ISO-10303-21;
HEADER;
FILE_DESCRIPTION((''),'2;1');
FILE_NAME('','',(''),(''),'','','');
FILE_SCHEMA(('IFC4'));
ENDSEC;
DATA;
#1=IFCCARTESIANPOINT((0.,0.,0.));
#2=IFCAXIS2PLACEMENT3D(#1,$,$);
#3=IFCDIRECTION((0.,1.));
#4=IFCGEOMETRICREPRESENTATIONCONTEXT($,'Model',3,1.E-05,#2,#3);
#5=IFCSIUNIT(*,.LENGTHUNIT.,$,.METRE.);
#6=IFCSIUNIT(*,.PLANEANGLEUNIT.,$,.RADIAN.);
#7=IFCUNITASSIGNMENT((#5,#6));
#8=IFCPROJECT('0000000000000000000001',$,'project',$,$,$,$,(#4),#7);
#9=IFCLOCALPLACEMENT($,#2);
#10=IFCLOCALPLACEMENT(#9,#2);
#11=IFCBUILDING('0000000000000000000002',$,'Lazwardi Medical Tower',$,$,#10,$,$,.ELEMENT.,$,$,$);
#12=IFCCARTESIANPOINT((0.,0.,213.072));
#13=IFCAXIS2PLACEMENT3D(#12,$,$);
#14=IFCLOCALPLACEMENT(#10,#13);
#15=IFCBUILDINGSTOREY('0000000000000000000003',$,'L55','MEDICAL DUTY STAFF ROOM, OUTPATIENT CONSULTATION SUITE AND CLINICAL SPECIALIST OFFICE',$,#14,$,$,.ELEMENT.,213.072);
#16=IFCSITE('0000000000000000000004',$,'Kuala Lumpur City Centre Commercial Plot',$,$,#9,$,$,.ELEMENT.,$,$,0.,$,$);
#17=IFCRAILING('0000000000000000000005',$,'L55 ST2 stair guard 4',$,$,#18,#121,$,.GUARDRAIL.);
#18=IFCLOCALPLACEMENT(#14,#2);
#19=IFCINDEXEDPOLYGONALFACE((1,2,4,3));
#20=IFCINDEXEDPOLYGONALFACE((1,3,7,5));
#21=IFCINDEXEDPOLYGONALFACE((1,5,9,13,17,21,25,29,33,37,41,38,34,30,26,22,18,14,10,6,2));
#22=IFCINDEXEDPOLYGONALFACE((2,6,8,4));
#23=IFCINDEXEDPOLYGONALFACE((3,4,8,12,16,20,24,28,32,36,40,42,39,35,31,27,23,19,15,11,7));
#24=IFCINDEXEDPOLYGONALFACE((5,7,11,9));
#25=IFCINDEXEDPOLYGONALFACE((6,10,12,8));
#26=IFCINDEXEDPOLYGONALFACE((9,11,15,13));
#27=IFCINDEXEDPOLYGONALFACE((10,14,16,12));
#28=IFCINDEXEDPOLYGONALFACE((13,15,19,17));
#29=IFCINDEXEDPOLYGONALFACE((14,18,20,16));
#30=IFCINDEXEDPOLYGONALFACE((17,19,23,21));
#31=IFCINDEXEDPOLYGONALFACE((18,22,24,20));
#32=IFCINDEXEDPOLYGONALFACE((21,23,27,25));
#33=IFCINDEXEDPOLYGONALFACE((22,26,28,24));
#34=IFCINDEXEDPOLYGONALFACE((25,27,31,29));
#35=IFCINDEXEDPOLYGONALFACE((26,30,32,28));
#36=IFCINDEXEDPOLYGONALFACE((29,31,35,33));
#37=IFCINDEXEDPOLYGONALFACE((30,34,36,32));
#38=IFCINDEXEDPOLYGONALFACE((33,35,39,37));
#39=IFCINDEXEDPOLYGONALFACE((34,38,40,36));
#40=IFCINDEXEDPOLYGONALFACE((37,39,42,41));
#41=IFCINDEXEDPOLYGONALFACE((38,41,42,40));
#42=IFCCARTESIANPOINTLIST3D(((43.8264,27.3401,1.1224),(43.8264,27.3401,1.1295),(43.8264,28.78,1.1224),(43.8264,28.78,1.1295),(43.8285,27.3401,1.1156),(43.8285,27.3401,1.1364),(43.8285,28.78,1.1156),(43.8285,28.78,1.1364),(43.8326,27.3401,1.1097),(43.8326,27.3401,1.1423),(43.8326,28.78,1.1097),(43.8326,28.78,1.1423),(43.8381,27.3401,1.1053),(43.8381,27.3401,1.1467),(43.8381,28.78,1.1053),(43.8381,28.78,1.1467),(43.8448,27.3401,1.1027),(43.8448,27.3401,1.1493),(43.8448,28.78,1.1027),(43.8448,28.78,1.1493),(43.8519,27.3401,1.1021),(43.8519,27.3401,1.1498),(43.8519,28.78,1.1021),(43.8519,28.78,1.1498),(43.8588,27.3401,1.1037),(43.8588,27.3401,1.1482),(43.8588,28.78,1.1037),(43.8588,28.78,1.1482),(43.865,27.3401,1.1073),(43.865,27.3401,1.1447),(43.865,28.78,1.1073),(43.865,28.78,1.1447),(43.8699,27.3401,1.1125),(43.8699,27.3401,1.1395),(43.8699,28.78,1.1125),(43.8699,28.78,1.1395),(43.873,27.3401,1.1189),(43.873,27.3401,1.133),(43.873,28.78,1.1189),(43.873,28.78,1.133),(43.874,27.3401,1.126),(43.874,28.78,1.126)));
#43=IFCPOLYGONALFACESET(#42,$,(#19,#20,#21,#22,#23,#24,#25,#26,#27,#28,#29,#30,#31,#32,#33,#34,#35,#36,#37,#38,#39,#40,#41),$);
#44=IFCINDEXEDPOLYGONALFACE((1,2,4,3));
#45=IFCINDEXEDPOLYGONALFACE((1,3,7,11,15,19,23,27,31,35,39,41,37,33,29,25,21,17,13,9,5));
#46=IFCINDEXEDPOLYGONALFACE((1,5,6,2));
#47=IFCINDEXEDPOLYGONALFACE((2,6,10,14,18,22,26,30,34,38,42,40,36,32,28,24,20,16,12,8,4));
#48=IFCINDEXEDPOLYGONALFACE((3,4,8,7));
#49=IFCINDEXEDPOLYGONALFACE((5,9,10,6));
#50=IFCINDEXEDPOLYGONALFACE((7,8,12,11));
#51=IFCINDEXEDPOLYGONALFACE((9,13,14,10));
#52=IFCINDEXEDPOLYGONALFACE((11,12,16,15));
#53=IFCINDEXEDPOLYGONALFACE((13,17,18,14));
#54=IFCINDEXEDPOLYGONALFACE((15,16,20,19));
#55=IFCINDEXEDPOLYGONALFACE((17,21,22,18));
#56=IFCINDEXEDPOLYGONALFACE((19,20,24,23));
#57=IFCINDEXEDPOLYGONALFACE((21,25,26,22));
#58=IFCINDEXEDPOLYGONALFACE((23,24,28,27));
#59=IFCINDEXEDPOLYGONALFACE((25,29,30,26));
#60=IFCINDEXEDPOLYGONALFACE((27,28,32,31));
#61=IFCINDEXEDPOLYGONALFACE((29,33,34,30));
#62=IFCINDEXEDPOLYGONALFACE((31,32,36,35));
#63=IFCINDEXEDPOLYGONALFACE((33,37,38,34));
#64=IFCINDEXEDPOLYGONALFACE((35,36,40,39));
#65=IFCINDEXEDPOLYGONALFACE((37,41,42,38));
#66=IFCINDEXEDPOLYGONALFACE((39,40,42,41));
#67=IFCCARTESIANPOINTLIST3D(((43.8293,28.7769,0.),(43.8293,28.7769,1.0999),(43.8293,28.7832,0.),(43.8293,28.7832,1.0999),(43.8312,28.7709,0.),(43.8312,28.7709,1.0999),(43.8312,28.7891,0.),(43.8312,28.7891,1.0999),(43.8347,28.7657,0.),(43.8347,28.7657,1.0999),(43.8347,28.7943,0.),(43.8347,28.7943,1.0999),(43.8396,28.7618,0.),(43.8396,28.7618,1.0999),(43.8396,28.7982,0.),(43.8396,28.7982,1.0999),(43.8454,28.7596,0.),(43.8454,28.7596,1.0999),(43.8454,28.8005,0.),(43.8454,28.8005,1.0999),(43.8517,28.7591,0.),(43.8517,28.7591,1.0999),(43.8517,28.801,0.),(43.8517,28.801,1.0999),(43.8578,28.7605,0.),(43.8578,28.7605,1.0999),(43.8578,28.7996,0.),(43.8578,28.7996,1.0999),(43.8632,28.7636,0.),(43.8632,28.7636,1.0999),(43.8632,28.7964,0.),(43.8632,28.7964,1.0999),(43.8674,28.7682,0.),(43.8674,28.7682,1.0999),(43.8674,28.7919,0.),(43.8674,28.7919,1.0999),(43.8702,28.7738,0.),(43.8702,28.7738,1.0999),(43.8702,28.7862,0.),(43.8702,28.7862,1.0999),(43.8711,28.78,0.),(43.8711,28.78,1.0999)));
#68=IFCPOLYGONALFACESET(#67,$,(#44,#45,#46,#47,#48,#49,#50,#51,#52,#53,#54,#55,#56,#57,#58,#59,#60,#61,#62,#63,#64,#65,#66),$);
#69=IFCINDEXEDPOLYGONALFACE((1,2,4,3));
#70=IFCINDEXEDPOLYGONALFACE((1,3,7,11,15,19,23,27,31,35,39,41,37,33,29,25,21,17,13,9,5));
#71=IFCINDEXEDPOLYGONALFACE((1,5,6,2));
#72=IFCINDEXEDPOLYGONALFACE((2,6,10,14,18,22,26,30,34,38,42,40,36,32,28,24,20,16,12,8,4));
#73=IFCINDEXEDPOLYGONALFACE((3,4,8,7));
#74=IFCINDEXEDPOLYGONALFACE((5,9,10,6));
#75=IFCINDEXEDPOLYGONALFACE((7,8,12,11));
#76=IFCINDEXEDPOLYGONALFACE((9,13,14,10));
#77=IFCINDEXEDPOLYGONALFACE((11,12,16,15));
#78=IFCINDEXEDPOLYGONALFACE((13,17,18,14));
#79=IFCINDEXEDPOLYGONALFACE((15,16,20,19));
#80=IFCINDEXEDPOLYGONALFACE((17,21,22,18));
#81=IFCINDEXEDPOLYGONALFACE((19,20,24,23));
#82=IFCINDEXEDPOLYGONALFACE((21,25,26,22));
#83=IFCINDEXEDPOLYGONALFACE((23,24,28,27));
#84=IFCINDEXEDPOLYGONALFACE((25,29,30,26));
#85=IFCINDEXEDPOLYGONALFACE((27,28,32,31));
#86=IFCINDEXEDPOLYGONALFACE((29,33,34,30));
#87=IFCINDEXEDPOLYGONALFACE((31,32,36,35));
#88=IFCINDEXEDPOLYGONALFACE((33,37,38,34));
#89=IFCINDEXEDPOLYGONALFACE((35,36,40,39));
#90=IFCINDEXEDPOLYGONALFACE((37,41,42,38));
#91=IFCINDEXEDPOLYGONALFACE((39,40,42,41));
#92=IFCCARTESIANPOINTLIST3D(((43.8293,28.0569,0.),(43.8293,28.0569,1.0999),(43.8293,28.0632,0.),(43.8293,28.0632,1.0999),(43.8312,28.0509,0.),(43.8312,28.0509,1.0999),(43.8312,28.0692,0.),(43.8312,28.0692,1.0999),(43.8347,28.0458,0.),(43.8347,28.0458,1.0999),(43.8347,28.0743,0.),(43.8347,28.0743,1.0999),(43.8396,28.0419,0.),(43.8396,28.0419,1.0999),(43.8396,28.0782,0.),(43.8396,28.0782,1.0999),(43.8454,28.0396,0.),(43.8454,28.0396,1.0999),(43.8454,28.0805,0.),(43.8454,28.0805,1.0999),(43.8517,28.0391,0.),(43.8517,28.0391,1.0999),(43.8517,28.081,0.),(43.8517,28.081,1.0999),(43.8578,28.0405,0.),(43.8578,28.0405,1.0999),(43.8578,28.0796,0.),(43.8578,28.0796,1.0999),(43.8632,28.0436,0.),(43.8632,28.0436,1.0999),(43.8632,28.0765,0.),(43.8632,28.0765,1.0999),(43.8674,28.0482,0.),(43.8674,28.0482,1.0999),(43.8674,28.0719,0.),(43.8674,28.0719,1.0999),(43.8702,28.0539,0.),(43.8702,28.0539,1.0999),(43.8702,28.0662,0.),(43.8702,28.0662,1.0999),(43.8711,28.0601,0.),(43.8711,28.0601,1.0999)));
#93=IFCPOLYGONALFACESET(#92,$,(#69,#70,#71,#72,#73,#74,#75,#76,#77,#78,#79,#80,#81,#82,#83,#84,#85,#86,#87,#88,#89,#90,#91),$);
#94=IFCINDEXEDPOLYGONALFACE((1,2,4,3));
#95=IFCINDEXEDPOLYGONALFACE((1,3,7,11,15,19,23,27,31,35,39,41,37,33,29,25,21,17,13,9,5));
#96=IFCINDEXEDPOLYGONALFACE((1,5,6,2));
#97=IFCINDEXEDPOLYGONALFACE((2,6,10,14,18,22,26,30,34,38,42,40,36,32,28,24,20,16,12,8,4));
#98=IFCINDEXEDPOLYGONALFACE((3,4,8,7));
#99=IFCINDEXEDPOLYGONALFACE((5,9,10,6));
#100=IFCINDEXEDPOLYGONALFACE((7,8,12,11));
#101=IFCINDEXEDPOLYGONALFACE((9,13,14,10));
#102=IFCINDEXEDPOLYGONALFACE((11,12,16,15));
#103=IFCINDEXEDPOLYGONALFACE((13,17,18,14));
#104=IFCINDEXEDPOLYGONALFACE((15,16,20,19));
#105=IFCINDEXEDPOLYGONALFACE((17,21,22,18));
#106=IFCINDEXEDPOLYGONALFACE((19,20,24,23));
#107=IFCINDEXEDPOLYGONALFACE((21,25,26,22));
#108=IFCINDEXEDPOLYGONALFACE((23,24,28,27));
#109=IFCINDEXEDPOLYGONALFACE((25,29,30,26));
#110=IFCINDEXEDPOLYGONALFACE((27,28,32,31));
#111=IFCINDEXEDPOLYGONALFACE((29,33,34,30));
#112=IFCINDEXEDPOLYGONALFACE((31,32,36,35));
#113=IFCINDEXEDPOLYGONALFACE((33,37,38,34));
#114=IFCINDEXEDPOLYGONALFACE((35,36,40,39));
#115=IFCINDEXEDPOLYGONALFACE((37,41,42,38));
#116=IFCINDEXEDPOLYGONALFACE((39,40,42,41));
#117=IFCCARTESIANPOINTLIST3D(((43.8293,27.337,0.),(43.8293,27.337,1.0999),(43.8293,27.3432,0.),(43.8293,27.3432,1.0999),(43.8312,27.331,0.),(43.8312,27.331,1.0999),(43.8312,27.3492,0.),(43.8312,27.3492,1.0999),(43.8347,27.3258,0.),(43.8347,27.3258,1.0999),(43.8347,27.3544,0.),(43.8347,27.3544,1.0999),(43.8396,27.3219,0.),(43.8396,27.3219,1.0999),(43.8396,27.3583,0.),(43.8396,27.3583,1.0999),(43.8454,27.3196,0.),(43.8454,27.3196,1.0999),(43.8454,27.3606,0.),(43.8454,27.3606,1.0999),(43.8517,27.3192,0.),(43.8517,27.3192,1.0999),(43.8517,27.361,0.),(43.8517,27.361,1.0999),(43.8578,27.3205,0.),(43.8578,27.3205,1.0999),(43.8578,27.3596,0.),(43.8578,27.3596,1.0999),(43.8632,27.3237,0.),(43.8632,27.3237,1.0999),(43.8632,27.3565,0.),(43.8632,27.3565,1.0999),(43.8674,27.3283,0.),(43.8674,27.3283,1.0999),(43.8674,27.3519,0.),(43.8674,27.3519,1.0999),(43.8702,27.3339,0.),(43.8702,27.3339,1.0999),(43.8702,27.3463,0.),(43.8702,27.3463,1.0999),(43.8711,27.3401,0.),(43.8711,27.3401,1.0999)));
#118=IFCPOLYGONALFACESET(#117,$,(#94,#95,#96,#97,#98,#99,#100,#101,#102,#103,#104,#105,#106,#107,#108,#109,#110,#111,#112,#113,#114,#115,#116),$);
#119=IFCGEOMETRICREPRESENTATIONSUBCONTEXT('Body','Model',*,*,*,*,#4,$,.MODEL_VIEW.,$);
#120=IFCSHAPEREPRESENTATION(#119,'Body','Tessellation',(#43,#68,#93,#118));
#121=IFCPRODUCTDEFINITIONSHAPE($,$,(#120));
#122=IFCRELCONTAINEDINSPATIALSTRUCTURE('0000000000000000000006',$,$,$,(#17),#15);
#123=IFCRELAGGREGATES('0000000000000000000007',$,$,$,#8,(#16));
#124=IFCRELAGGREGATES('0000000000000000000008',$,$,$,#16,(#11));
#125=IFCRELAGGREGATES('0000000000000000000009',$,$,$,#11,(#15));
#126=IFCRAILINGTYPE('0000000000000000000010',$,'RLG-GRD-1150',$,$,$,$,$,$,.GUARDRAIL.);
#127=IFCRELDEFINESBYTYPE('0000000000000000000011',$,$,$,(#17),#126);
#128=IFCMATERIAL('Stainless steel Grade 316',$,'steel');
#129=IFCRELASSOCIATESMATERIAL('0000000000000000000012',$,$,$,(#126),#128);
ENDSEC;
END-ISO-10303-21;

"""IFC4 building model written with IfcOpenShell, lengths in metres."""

from ifc_helpers import new_model, si_unit, direction, frame, origin, origin_2d, place, context, subcontext, project, spatial, circle, extrude, material, type_object, element, save


model = new_model("IFC4")

# Units and contexts
model_context = context("Model", 3, precision=1e-05, world=origin(), true_north=direction((0.0, 1.0)))
body_context = subcontext(model_context, "Body", "Model", "MODEL_VIEW")
ifc_project = project(units=[si_unit("LENGTHUNIT", "METRE"), si_unit("PLANEANGLEUNIT", "RADIAN")], contexts=[model_context])

# Site, building, storey
site_placement = place(None, origin())
site = spatial("IfcSite", under=ifc_project, at=site_placement, Name="Kuala Lumpur City Centre Commercial Plot", CompositionType="ELEMENT", RefElevation=0.0)
building_placement = place(site_placement, origin())
building = spatial("IfcBuilding", under=site, at=building_placement, Name="Lazwardi Medical Tower", CompositionType="ELEMENT")
storey_placement = place(building_placement, frame((0.0, 0.0, 213.072)))
storey = spatial("IfcBuildingStorey", under=building, at=storey_placement, Name="L55", Description="MEDICAL DUTY STAFF ROOM, OUTPATIENT CONSULTATION SUITE AND CLINICAL SPECIALIST OFFICE", CompositionType="ELEMENT", Elevation=213.072)

# Railing
ifc_material_1 = material(Name="Stainless steel Grade 316", Category="steel")
railing_type_1 = type_object("IfcRailingType", Name="RLG-GRD-1150", PredefinedType="GUARDRAIL", material=ifc_material_1)
railing_1_placement = place(storey_placement, frame((43.8501, 28.78, 0.0)))
element("IfcRailing", 1, at=railing_1_placement, inside=storey, type_object=railing_type_1, Name="L55 ST2 stair guard 4", PredefinedType="GUARDRAIL", context=body_context, shape_type="SweptSolid", body=[
    extrude(circle(Radius=0.0239, at=origin_2d()), frame((0.0, 0.0, 1.126), z_axis=(0.0, -1.0, 0.0), x_axis=(1.0, 0.0, 0.0)), (0.0, 0.0, 1.0), 1.4399),
    extrude(circle(Radius=0.021, at=origin_2d()), origin(), (0.0, 0.0, 1.0), 1.0999),
    extrude(circle(Radius=0.021, at=origin_2d()), frame((0.0, -0.72, 0.0)), (0.0, 0.0, 1.0), 1.0999),
    extrude(circle(Radius=0.021, at=origin_2d()), frame((0.0, -1.4399, 0.0)), (0.0, 0.0, 1.0), 1.0999),
])

save(model, "model.ifc")
